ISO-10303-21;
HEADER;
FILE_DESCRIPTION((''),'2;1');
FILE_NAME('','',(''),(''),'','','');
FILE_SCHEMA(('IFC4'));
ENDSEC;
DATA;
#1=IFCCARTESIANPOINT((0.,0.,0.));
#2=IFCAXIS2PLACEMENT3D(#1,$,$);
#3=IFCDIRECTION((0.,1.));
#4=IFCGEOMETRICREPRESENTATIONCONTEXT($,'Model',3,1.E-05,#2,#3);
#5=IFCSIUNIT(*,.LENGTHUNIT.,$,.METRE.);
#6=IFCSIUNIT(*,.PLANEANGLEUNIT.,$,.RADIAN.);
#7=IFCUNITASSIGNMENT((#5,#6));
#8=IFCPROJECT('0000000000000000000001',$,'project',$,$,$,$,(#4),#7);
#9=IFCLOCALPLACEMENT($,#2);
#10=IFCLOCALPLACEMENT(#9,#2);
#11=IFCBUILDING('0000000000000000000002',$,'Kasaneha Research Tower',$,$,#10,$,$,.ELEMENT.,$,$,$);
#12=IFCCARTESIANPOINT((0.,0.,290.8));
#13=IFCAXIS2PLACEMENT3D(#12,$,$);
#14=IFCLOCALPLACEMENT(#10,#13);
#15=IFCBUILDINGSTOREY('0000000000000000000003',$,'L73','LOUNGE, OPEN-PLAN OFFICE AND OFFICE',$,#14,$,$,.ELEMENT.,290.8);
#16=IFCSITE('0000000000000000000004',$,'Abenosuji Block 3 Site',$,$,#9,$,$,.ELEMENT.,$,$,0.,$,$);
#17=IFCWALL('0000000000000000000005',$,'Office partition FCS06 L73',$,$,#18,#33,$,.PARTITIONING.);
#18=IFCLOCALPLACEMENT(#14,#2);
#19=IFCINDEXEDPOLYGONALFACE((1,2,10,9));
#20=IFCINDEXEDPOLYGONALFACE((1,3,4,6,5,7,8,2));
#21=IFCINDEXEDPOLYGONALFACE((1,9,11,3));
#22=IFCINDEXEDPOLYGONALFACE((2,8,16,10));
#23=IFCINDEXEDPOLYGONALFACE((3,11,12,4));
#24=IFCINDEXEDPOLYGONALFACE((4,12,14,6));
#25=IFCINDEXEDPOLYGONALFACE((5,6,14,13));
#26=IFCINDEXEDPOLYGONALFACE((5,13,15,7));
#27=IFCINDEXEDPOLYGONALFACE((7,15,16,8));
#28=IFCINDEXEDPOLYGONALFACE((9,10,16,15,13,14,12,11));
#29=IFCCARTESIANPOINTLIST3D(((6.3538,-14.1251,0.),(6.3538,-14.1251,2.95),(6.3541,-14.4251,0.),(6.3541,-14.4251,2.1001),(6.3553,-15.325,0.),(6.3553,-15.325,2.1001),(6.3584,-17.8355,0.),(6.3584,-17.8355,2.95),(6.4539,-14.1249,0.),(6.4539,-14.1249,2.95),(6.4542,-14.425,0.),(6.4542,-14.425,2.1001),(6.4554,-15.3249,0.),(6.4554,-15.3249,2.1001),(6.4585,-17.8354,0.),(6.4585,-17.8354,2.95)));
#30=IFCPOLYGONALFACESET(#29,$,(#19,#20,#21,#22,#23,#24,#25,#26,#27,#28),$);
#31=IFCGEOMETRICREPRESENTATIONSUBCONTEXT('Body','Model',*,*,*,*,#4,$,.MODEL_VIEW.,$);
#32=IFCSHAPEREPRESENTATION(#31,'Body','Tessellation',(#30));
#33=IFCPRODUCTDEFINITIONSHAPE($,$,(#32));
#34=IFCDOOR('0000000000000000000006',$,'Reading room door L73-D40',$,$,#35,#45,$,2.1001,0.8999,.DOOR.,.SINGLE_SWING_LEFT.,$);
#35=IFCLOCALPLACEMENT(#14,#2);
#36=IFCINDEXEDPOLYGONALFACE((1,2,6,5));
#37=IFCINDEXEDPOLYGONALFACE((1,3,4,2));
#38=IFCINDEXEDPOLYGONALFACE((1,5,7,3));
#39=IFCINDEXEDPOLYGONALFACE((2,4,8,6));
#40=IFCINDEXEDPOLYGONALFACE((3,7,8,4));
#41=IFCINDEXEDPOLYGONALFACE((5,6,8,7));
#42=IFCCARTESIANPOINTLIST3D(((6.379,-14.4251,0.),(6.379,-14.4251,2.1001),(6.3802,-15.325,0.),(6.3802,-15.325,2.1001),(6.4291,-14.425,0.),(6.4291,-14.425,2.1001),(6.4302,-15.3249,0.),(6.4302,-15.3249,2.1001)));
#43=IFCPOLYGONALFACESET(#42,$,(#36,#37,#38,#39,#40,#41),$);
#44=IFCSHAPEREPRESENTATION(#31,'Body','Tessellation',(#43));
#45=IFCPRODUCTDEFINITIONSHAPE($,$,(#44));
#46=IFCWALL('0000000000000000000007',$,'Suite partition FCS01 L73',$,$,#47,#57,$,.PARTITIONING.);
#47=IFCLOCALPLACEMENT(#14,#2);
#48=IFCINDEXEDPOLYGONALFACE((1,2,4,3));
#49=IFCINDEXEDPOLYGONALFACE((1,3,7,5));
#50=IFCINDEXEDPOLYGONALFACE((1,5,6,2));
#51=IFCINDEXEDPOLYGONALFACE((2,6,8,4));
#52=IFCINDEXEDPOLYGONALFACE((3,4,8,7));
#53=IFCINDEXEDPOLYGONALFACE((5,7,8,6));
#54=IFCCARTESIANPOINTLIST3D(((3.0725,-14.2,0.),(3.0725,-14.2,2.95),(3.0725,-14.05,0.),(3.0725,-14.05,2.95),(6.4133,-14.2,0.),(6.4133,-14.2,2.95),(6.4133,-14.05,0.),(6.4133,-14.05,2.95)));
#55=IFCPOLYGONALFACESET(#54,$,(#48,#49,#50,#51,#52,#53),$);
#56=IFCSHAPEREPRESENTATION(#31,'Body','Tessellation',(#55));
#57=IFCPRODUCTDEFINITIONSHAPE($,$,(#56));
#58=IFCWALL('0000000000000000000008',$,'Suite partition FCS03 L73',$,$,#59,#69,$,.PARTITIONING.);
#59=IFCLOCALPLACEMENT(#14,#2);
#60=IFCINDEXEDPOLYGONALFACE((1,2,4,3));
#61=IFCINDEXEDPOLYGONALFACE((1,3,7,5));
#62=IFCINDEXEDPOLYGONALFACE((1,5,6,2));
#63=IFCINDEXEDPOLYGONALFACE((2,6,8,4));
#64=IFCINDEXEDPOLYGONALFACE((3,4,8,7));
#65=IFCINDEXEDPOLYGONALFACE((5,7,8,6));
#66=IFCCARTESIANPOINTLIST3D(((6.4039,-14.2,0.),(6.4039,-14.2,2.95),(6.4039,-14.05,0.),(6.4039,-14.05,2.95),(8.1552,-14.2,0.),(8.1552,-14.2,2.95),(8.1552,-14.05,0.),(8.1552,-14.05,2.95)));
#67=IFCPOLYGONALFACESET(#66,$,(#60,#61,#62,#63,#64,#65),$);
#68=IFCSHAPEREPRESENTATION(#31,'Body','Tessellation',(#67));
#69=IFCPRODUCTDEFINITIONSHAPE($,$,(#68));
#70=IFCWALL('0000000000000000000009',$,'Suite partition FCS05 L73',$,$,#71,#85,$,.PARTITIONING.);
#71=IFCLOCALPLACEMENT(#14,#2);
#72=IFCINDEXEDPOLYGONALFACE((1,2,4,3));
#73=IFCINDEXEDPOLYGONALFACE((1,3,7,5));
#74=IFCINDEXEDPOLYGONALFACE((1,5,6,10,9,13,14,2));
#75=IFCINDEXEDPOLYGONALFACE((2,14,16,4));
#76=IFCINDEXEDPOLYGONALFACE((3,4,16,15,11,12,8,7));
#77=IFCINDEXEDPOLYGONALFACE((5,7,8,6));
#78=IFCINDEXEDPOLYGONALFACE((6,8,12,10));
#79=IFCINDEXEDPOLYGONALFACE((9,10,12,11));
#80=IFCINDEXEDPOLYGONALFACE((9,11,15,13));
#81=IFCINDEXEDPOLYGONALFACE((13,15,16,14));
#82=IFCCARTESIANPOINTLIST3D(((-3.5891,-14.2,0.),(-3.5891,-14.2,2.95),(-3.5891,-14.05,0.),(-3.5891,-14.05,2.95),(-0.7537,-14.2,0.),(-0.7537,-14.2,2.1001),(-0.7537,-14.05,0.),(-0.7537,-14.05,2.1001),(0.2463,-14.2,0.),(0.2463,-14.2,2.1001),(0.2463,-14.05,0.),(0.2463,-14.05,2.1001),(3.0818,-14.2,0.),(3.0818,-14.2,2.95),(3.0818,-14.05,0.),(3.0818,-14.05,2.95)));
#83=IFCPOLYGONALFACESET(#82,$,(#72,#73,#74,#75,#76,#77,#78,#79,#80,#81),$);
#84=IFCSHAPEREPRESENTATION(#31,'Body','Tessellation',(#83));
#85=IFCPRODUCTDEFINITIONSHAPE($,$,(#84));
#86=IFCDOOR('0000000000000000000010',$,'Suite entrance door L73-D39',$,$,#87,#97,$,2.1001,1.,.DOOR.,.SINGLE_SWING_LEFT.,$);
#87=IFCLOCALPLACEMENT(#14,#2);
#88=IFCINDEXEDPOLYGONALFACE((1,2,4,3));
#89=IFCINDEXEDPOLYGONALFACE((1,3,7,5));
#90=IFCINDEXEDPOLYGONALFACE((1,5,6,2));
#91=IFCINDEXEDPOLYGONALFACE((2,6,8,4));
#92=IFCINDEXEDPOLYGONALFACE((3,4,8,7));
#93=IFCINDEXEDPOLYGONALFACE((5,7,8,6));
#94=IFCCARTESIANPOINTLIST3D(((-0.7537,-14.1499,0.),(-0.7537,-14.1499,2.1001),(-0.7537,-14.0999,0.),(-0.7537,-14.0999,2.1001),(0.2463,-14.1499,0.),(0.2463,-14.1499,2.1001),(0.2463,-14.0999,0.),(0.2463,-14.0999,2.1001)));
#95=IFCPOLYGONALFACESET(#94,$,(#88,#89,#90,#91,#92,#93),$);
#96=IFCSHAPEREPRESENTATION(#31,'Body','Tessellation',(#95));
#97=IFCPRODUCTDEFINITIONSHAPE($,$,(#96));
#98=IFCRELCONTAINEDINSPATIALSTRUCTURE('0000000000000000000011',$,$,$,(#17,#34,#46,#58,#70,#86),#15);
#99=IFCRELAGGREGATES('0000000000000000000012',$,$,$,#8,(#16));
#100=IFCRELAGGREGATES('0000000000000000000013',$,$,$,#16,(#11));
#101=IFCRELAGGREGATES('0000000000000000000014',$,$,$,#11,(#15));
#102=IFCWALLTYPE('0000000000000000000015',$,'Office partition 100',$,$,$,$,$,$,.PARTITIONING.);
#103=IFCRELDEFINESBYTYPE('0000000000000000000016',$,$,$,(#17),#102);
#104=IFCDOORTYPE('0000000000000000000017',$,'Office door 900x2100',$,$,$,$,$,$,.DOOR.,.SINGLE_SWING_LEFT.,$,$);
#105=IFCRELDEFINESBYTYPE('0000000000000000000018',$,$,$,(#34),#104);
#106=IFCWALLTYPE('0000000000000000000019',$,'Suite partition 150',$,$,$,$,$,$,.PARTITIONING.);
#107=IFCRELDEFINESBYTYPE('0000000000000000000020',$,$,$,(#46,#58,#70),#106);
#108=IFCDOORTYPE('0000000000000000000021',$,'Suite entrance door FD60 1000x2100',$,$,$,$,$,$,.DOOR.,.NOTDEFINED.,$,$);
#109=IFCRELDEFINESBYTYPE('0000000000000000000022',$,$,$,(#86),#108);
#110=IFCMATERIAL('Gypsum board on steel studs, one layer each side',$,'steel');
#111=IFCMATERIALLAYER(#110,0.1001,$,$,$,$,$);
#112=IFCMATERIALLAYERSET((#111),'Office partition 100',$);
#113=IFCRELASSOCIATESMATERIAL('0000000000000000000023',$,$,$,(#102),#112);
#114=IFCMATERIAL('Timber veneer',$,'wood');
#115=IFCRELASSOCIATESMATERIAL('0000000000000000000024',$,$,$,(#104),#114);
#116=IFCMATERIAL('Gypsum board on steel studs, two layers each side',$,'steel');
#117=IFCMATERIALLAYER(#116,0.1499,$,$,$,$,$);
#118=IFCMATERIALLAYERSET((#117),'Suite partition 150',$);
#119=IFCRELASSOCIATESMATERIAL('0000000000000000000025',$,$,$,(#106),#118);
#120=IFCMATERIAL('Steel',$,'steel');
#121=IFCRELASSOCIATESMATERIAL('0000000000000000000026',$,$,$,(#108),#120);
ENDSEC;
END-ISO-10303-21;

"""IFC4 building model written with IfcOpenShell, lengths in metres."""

from ifc_helpers import new_model, si_unit, direction, frame, frame_2d, origin, place, context, subcontext, project, spatial, rectangle, extrude, material, layer, layer_set, type_object, element, fill, save


model = new_model("IFC4")

# Units and contexts
model_context = context("Model", 3, precision=1e-05, world=origin(), true_north=direction((0.0, 1.0)))
body_context = subcontext(model_context, "Body", "Model", "MODEL_VIEW")
ifc_project = project(units=[si_unit("LENGTHUNIT", "METRE"), si_unit("PLANEANGLEUNIT", "RADIAN")], contexts=[model_context])

# Site, building, storey
site_placement = place(None, origin())
site = spatial("IfcSite", under=ifc_project, at=site_placement, Name="Abenosuji Block 3 Site", CompositionType="ELEMENT", RefElevation=0.0)
building_placement = place(site_placement, origin())
building = spatial("IfcBuilding", under=site, at=building_placement, Name="Kasaneha Research Tower", CompositionType="ELEMENT")
storey_placement = place(building_placement, frame((0.0, 0.0, 290.8)))
storey = spatial("IfcBuildingStorey", under=building, at=storey_placement, Name="L73", Description="LOUNGE, OPEN-PLAN OFFICE AND OFFICE", CompositionType="ELEMENT", Elevation=290.8)

# Wall, opening, door
ifc_material_1 = material(Name="Gypsum board on steel studs, one layer each side", Category="steel")
ifc_layer_1 = layer(ifc_material_1, 0.1001)
ifc_layer_set_1 = layer_set([ifc_layer_1], Name="Office partition 100")
wall_type_1 = type_object("IfcWallType", Name="Office partition 100", PredefinedType="PARTITIONING", material=ifc_layer_set_1)
wall_1_placement = place(storey_placement, frame((6.4038, -14.125, 0.0), z_axis=(0.0, 0.0, 1.0), x_axis=(0.00125, -0.999999, 0.0)))
wall_1 = element("IfcWall", 1, at=wall_1_placement, inside=storey, type_object=wall_type_1, Name="Office partition FCS06 L73", PredefinedType="PARTITIONING", context=body_context, shape_type="SweptSolid", body=[
    extrude(rectangle(XDim=3.7104, YDim=0.1001, at=frame_2d((1.8552, 0.0))), origin(), (0.0, 0.0, 1.0), 2.95),
])
opening_1_placement = place(wall_1_placement, frame((0.3, 0.0, 0.0)))
opening_1 = element("IfcOpeningElement", 2, at=opening_1_placement, cuts=wall_1, PredefinedType="OPENING", context=body_context, shape_type="SweptSolid", body=[
    extrude(rectangle(XDim=0.8999, YDim=2.1001, at=frame_2d((0.45, 1.05))), frame((0.0, 0.0601, 0.0), z_axis=(0.0, -1.0, 0.0), x_axis=(1.0, 0.0, 0.0)), (0.0, 0.0, 1.0), 0.1201),
])
ifc_material_2 = material(Name="Timber veneer", Category="wood")
door_type_1 = type_object("IfcDoorType", Name="Office door 900x2100", OperationType="SINGLE_SWING_LEFT", PredefinedType="DOOR", material=ifc_material_2)
door_1_placement = place(opening_1_placement, origin())
door_1 = element("IfcDoor", 3, at=door_1_placement, inside=storey, type_object=door_type_1, Name="Reading room door L73-D40", OperationType="SINGLE_SWING_LEFT", OverallHeight=2.1001, OverallWidth=0.8999, PredefinedType="DOOR", context=body_context, shape_type="SweptSolid", body=[
    extrude(rectangle(XDim=0.8999, YDim=2.1001, at=frame_2d((0.45, 1.05))), frame((0.0, 0.0249, 0.0), z_axis=(0.0, -1.0, 0.0), x_axis=(1.0, 0.0, 0.0)), (0.0, 0.0, 1.0), 0.05),
])
fill(opening_1, door_1)

# Walls
ifc_material_3 = material(Name="Gypsum board on steel studs, two layers each side", Category="steel")
ifc_layer_2 = layer(ifc_material_3, 0.1499)
ifc_layer_set_2 = layer_set([ifc_layer_2], Name="Suite partition 150")
wall_type_2 = type_object("IfcWallType", Name="Suite partition 150", PredefinedType="PARTITIONING", material=ifc_layer_set_2)
wall_2_placement = place(storey_placement, frame((6.4133, -14.125, 0.0), z_axis=(0.0, 0.0, 1.0), x_axis=(-1.0, 0.0, 0.0)))
element("IfcWall", 4, at=wall_2_placement, inside=storey, type_object=wall_type_2, Name="Suite partition FCS01 L73", PredefinedType="PARTITIONING", context=body_context, shape_type="SweptSolid", body=[
    extrude(rectangle(XDim=3.3408, YDim=0.1499, at=frame_2d((1.6704, 0.0))), origin(), (0.0, 0.0, 1.0), 2.95),
])
wall_3_placement = place(storey_placement, frame((8.155, -14.125, 0.0), z_axis=(0.0, 0.0, 1.0), x_axis=(-1.0, 0.0, 0.0)))
element("IfcWall", 5, at=wall_3_placement, inside=storey, type_object=wall_type_2, Name="Suite partition FCS03 L73", PredefinedType="PARTITIONING", context=body_context, shape_type="SweptSolid", body=[
    extrude(rectangle(XDim=1.7512, YDim=0.1499, at=frame_2d((0.8755, 0.0))), origin(), (0.0, 0.0, 1.0), 2.95),
])

# Wall, opening, door
wall_4_placement = place(storey_placement, frame((3.0818, -14.125, 0.0), z_axis=(0.0, 0.0, 1.0), x_axis=(-1.0, 0.0, 0.0)))
wall_4 = element("IfcWall", 6, at=wall_4_placement, inside=storey, type_object=wall_type_2, Name="Suite partition FCS05 L73", PredefinedType="PARTITIONING", context=body_context, shape_type="SweptSolid", body=[
    extrude(rectangle(XDim=6.6709, YDim=0.1499, at=frame_2d((3.3354, 0.0))), origin(), (0.0, 0.0, 1.0), 2.95),
])
opening_2_placement = place(wall_4_placement, frame((2.8354, 0.0, 0.0)))
opening_2 = element("IfcOpeningElement", 7, at=opening_2_placement, cuts=wall_4, PredefinedType="OPENING", context=body_context, shape_type="SweptSolid", body=[
    extrude(rectangle(XDim=1.0, YDim=2.1001, at=frame_2d((0.5, 1.05))), frame((0.0, 0.085, 0.0), z_axis=(0.0, -1.0, 0.0), x_axis=(1.0, 0.0, 0.0)), (0.0, 0.0, 1.0), 0.1699),
])
ifc_material_4 = material(Name="Steel", Category="steel")
door_type_2 = type_object("IfcDoorType", Name="Suite entrance door FD60 1000x2100", OperationType="NOTDEFINED", PredefinedType="DOOR", material=ifc_material_4)
door_2_placement = place(opening_2_placement, origin())
door_2 = element("IfcDoor", 8, at=door_2_placement, inside=storey, type_object=door_type_2, Name="Suite entrance door L73-D39", OperationType="SINGLE_SWING_LEFT", OverallHeight=2.1001, OverallWidth=1.0, PredefinedType="DOOR", context=body_context, shape_type="SweptSolid", body=[
    extrude(rectangle(XDim=1.0, YDim=2.1001, at=frame_2d((0.5, 1.05))), frame((0.0, 0.0249, 0.0), z_axis=(0.0, -1.0, 0.0), x_axis=(1.0, 0.0, 0.0)), (0.0, 0.0, 1.0), 0.05),
])
fill(opening_2, door_2)

save(model, "model.ifc")
